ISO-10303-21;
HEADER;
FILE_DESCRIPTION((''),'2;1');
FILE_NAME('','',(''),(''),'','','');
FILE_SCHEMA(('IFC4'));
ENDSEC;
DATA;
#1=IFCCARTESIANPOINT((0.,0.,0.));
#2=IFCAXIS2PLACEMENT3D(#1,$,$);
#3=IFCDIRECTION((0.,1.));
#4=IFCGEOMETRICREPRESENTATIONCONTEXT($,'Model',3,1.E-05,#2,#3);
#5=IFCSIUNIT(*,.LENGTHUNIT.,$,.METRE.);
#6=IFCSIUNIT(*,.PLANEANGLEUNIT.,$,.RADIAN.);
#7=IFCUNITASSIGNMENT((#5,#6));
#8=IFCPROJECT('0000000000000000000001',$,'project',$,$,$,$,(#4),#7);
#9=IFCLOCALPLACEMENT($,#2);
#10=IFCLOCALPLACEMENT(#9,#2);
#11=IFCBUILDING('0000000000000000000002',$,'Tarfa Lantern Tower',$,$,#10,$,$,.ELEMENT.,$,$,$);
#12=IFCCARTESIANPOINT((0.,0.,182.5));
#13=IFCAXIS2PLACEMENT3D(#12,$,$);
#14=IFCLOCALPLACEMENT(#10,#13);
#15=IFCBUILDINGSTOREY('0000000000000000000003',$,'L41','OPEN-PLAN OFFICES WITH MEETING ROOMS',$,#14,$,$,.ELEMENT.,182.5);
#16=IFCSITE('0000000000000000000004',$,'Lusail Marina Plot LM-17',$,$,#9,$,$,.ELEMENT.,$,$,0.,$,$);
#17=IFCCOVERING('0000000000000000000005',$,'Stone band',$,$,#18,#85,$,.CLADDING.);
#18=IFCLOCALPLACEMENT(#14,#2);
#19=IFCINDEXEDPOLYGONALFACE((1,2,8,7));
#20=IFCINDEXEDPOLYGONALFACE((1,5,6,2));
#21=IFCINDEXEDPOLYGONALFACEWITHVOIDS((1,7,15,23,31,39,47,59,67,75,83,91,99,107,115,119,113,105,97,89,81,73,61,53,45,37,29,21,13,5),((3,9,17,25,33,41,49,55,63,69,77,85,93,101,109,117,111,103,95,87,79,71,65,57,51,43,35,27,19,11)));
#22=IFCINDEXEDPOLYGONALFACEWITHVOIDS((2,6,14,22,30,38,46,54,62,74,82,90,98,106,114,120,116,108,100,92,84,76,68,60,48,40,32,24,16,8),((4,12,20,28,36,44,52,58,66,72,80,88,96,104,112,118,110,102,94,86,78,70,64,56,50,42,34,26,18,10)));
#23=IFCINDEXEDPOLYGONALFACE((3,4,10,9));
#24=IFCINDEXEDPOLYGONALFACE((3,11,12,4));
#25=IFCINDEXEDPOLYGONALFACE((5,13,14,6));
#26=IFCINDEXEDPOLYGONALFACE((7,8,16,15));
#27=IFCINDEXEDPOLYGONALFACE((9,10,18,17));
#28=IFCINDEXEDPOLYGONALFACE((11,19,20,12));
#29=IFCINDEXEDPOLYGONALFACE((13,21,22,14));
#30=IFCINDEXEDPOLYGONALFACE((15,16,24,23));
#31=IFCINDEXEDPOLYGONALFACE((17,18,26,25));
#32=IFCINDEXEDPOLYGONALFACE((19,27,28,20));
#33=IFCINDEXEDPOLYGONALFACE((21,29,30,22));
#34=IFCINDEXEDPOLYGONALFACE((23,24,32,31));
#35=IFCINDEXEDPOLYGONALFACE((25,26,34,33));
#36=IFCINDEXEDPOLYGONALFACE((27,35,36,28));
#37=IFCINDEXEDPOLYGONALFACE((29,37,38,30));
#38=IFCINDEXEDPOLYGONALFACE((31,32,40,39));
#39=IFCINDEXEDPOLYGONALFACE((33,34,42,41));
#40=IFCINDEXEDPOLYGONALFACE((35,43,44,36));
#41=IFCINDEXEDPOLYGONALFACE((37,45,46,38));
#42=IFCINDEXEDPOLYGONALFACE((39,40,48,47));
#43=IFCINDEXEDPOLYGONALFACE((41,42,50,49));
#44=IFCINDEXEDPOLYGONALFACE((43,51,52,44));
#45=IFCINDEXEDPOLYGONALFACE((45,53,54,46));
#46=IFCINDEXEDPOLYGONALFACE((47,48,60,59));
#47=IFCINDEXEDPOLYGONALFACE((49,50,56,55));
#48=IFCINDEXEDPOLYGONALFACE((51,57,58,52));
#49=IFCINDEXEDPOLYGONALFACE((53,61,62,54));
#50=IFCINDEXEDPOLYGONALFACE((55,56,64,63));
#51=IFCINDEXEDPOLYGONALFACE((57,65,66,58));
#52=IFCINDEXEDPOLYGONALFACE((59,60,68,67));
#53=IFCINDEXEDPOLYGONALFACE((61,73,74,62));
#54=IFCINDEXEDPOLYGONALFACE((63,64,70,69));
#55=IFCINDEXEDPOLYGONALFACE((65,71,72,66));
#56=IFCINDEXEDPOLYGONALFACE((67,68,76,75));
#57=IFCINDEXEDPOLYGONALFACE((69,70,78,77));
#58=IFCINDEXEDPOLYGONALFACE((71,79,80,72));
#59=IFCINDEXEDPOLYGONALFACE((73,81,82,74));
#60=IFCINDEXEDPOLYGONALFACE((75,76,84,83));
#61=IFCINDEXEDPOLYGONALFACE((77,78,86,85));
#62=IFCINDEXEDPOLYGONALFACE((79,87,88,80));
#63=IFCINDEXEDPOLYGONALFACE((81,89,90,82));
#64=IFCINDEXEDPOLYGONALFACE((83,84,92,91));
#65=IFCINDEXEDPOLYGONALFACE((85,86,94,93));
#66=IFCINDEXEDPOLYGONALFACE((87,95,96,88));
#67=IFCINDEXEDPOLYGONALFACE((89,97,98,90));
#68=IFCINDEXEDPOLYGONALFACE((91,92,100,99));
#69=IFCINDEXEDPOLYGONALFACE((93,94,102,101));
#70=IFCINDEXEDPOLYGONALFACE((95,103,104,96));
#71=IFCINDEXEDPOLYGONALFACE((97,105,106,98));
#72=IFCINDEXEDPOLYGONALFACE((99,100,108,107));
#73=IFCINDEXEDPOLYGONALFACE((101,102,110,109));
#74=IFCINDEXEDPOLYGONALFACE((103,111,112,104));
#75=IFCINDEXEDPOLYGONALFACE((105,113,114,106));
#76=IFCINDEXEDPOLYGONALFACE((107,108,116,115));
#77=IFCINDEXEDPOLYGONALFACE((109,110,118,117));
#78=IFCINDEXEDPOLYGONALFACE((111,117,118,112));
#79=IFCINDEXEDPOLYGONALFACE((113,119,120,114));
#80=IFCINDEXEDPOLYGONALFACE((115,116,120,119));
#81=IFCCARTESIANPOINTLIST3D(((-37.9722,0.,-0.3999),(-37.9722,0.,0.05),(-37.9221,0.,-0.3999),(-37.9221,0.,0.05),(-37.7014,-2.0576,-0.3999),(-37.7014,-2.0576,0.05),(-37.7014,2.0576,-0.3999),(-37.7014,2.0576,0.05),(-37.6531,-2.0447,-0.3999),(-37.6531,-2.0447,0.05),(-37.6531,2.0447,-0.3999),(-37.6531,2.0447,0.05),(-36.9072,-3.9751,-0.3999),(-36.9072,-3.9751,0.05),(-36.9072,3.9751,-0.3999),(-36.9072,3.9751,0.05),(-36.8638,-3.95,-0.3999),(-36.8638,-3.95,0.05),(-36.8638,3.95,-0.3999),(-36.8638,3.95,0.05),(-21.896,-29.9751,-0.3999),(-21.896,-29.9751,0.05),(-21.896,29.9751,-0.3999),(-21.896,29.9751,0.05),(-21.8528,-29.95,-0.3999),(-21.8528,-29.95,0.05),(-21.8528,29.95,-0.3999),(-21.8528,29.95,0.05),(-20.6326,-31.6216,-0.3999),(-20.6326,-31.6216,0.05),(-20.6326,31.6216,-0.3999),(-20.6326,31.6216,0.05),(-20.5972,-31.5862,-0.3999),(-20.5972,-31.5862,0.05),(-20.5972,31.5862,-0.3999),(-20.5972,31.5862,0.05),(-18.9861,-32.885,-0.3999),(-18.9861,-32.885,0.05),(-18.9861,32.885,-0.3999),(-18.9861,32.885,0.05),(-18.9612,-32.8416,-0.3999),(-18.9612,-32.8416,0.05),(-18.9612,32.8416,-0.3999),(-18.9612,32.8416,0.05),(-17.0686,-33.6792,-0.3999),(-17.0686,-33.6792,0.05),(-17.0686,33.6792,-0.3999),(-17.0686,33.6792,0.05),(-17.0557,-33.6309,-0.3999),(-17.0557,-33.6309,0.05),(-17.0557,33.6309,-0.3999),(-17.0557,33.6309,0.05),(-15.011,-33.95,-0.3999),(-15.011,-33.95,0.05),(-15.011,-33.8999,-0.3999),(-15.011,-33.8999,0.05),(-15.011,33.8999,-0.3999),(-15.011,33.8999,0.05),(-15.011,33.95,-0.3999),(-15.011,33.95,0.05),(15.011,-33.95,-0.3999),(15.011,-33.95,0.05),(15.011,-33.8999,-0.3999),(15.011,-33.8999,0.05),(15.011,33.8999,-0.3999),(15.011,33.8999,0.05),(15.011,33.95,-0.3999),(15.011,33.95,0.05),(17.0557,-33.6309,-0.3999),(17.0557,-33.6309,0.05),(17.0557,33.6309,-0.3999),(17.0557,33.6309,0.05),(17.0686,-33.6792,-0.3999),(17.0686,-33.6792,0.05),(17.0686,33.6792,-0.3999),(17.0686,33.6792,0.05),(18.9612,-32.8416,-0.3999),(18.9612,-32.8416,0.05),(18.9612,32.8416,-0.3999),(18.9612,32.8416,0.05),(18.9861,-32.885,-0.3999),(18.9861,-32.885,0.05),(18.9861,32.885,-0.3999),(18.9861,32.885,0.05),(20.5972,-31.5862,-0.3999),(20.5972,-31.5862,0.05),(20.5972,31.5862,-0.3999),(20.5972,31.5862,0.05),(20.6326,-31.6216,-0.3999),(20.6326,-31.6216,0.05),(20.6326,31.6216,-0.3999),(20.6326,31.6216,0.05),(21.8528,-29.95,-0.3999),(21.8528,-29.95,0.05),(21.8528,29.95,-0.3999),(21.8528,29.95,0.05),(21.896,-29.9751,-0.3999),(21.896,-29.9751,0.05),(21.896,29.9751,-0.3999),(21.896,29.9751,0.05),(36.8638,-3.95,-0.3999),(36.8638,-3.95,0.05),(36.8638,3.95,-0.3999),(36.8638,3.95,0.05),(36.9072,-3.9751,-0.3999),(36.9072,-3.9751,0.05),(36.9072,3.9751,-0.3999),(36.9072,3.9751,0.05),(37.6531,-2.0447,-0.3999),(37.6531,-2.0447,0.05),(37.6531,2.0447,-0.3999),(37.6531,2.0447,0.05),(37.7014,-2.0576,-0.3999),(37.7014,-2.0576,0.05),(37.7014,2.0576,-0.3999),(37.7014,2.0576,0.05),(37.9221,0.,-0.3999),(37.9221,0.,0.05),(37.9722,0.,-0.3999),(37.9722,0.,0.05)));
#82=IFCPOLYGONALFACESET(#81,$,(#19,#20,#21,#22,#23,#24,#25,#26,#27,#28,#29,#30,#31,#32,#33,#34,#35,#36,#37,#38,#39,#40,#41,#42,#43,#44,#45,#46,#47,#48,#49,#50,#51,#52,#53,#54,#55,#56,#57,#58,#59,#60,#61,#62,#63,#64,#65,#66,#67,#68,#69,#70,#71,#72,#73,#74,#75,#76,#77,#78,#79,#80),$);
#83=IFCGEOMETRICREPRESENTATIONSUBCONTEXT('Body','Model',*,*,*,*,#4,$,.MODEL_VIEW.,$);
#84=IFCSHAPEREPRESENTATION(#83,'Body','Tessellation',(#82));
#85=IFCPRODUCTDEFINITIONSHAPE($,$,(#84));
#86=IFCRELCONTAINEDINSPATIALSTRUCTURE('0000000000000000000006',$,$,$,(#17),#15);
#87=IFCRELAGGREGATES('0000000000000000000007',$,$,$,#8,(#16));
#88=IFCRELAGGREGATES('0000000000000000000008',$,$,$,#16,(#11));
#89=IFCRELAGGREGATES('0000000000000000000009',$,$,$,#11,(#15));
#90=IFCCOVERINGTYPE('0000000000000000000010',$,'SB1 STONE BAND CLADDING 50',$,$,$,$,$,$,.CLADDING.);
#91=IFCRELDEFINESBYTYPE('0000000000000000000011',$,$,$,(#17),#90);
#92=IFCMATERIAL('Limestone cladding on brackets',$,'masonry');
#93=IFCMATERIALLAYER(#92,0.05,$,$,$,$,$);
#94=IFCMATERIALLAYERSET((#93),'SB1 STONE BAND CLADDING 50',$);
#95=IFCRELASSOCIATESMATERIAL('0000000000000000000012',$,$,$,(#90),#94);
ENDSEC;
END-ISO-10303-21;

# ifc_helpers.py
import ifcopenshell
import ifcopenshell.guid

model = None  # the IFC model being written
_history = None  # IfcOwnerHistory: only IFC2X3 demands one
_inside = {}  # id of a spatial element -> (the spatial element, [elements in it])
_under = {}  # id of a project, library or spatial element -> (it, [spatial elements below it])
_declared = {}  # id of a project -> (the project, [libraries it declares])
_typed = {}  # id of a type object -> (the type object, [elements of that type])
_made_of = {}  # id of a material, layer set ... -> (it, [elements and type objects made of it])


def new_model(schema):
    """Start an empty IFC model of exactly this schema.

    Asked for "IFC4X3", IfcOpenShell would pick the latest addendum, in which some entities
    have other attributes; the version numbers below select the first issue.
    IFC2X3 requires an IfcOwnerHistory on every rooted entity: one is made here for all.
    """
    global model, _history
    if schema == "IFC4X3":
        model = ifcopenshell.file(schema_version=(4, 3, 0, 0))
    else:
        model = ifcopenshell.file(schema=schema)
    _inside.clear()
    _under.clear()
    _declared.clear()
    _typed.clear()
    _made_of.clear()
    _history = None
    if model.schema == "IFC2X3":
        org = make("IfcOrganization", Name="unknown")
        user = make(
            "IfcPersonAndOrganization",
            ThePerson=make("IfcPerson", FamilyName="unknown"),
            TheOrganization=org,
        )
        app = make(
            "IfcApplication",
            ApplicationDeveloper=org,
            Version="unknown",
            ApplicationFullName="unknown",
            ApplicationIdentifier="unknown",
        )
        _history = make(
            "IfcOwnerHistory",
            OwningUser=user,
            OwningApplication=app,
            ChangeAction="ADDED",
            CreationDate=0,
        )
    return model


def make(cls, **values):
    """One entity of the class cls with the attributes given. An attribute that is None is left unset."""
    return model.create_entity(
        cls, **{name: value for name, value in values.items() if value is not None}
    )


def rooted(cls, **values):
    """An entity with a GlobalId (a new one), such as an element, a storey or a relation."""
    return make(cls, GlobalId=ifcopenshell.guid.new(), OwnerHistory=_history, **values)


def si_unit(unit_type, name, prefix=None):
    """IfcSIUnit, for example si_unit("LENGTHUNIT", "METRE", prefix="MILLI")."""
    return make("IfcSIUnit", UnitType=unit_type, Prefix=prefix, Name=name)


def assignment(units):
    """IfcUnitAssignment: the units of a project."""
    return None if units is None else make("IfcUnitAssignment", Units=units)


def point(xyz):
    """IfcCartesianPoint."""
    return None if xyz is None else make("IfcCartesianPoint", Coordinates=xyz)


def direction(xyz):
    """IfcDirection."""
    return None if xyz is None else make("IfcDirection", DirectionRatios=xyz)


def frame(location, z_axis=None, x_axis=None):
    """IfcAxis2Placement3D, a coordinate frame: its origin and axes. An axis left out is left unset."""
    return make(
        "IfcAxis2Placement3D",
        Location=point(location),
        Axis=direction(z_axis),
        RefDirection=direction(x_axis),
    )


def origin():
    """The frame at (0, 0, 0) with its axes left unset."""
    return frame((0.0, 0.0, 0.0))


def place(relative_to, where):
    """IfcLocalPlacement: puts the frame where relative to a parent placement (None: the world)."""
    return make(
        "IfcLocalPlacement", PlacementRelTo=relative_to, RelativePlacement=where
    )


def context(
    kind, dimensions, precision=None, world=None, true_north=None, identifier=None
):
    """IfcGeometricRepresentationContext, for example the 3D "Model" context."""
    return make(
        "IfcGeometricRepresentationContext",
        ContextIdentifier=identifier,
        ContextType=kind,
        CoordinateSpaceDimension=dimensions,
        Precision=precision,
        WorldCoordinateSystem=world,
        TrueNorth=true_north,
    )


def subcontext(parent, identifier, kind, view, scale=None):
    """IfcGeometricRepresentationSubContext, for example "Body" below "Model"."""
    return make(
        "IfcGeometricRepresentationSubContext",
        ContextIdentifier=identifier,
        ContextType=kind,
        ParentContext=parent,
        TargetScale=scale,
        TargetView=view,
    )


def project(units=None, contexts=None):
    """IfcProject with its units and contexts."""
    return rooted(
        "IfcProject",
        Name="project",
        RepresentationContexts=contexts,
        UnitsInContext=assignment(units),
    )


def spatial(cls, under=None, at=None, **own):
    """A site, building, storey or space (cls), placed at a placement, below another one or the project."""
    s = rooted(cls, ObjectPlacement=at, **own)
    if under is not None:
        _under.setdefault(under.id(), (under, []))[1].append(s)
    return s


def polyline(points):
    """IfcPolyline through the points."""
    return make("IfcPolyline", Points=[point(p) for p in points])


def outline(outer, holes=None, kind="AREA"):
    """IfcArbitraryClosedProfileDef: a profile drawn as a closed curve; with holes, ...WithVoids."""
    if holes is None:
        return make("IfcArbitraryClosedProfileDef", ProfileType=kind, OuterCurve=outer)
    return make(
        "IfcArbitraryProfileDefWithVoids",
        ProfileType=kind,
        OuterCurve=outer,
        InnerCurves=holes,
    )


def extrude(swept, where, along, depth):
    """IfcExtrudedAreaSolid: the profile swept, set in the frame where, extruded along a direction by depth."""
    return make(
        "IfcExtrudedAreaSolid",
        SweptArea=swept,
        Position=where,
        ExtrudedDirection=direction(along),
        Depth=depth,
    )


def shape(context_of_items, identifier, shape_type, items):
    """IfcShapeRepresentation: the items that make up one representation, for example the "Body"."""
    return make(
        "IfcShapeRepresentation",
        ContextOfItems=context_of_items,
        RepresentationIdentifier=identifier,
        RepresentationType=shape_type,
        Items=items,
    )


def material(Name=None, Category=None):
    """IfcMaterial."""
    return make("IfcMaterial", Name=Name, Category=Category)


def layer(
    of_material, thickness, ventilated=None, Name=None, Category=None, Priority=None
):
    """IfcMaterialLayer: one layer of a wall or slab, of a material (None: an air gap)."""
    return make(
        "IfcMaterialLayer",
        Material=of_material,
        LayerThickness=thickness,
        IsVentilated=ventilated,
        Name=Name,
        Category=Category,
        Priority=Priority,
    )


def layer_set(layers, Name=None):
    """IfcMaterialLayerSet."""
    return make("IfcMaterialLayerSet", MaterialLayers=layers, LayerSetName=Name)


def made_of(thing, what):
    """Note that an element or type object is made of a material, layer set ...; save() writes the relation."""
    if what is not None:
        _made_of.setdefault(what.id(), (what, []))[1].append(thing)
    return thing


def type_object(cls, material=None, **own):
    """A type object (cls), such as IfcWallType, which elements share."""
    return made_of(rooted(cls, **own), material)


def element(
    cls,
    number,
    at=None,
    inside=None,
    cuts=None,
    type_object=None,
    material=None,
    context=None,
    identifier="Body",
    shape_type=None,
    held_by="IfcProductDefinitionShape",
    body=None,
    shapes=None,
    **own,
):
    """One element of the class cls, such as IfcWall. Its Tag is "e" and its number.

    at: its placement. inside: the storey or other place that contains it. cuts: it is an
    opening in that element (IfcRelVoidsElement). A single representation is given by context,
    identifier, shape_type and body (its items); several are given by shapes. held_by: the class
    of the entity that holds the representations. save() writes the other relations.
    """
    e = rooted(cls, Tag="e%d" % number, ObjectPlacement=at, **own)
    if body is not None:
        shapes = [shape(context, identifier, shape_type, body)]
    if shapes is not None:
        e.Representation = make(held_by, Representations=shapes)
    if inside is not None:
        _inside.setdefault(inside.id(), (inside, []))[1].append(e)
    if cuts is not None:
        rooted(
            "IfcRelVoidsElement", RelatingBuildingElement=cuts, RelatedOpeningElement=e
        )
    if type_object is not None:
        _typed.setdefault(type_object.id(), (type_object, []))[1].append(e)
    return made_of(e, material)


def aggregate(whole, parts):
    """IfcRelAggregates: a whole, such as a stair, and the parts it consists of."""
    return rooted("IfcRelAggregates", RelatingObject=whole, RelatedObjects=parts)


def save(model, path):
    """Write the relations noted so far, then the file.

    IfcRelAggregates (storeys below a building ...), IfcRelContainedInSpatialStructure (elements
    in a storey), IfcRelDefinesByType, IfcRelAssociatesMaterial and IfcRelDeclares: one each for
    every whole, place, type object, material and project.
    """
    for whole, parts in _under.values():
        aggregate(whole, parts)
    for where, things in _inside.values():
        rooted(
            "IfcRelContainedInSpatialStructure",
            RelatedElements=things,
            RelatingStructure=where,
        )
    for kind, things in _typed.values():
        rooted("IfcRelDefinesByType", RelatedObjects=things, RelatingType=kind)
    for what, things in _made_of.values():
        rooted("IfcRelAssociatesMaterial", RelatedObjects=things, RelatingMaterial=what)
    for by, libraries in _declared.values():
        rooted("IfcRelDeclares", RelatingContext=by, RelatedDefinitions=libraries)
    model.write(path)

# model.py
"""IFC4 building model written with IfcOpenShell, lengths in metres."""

from ifc_helpers import new_model, si_unit, direction, frame, origin, place, context, subcontext, project, spatial, polyline, outline, extrude, material, layer, layer_set, type_object, element, save


model = new_model("IFC4")

# Units and contexts
model_context = context("Model", 3, precision=1e-05, world=origin(), true_north=direction((0.0, 1.0)))
body_context = subcontext(model_context, "Body", "Model", "MODEL_VIEW")
ifc_project = project(units=[si_unit("LENGTHUNIT", "METRE"), si_unit("PLANEANGLEUNIT", "RADIAN")], contexts=[model_context])

# Site, building, storey
site_placement = place(None, origin())
site = spatial("IfcSite", under=ifc_project, at=site_placement, Name="Lusail Marina Plot LM-17", CompositionType="ELEMENT", RefElevation=0.0)
building_placement = place(site_placement, origin())
building = spatial("IfcBuilding", under=site, at=building_placement, Name="Tarfa Lantern Tower", CompositionType="ELEMENT")
storey_placement = place(building_placement, frame((0.0, 0.0, 182.5)))
storey = spatial("IfcBuildingStorey", under=building, at=storey_placement, Name="L41", Description="OPEN-PLAN OFFICES WITH MEETING ROOMS", CompositionType="ELEMENT", Elevation=182.5)

# Covering
ifc_material_1 = material(Name="Limestone cladding on brackets", Category="masonry")
ifc_layer_1 = layer(ifc_material_1, 0.05)
ifc_layer_set_1 = layer_set([ifc_layer_1], Name="SB1 STONE BAND CLADDING 50")
covering_type_1 = type_object("IfcCoveringType", Name="SB1 STONE BAND CLADDING 50", PredefinedType="CLADDING", material=ifc_layer_set_1)
covering_1_placement = place(storey_placement, frame((0.0, 0.0, -0.3999)))
element("IfcCovering", 1, at=covering_1_placement, inside=storey, type_object=covering_type_1, Name="Stone band", PredefinedType="CLADDING", context=body_context, shape_type="SweptSolid", body=[
    extrude(outline(polyline([(36.9072, 3.9751), (21.896, 29.9751), (20.6326, 31.6216), (18.9861, 32.885), (17.0686, 33.6792), (15.011, 33.95), (-15.011, 33.95), (-17.0686, 33.6792), (-18.9861, 32.885), (-20.6326, 31.6216), (-21.896, 29.9751), (-36.9072, 3.9751), (-37.7014, 2.0576), (-37.9722, 0.0), (-37.7014, -2.0576), (-36.9072, -3.9751), (-21.896, -29.9751), (-20.6326, -31.6216), (-18.9861, -32.885), (-17.0686, -33.6792), (-15.011, -33.95), (15.011, -33.95), (17.0686, -33.6792), (18.9861, -32.885), (20.6326, -31.6216), (21.896, -29.9751), (36.9072, -3.9751), (37.7014, -2.0576), (37.9722, 0.0), (37.7014, 2.0576), (36.9072, 3.9751)]), holes=[polyline([(36.8638, 3.95), (21.8528, 29.95), (20.5972, 31.5862), (18.9612, 32.8416), (17.0557, 33.6309), (15.011, 33.8999), (-15.011, 33.8999), (-17.0557, 33.6309), (-18.9612, 32.8416), (-20.5972, 31.5862), (-21.8528, 29.95), (-36.8638, 3.95), (-37.6531, 2.0447), (-37.9221, 0.0), (-37.6531, -2.0447), (-36.8638, -3.95), (-21.8528, -29.95), (-20.5972, -31.5862), (-18.9612, -32.8416), (-17.0557, -33.6309), (-15.011, -33.8999), (15.011, -33.8999), (17.0557, -33.6309), (18.9612, -32.8416), (20.5972, -31.5862), (21.8528, -29.95), (36.8638, -3.95), (37.6531, -2.0447), (37.9221, 0.0), (37.6531, 2.0447), (36.8638, 3.95)])]), origin(), (0.0, 0.0, 1.0), 0.45),
])

save(model, "model.ifc")
